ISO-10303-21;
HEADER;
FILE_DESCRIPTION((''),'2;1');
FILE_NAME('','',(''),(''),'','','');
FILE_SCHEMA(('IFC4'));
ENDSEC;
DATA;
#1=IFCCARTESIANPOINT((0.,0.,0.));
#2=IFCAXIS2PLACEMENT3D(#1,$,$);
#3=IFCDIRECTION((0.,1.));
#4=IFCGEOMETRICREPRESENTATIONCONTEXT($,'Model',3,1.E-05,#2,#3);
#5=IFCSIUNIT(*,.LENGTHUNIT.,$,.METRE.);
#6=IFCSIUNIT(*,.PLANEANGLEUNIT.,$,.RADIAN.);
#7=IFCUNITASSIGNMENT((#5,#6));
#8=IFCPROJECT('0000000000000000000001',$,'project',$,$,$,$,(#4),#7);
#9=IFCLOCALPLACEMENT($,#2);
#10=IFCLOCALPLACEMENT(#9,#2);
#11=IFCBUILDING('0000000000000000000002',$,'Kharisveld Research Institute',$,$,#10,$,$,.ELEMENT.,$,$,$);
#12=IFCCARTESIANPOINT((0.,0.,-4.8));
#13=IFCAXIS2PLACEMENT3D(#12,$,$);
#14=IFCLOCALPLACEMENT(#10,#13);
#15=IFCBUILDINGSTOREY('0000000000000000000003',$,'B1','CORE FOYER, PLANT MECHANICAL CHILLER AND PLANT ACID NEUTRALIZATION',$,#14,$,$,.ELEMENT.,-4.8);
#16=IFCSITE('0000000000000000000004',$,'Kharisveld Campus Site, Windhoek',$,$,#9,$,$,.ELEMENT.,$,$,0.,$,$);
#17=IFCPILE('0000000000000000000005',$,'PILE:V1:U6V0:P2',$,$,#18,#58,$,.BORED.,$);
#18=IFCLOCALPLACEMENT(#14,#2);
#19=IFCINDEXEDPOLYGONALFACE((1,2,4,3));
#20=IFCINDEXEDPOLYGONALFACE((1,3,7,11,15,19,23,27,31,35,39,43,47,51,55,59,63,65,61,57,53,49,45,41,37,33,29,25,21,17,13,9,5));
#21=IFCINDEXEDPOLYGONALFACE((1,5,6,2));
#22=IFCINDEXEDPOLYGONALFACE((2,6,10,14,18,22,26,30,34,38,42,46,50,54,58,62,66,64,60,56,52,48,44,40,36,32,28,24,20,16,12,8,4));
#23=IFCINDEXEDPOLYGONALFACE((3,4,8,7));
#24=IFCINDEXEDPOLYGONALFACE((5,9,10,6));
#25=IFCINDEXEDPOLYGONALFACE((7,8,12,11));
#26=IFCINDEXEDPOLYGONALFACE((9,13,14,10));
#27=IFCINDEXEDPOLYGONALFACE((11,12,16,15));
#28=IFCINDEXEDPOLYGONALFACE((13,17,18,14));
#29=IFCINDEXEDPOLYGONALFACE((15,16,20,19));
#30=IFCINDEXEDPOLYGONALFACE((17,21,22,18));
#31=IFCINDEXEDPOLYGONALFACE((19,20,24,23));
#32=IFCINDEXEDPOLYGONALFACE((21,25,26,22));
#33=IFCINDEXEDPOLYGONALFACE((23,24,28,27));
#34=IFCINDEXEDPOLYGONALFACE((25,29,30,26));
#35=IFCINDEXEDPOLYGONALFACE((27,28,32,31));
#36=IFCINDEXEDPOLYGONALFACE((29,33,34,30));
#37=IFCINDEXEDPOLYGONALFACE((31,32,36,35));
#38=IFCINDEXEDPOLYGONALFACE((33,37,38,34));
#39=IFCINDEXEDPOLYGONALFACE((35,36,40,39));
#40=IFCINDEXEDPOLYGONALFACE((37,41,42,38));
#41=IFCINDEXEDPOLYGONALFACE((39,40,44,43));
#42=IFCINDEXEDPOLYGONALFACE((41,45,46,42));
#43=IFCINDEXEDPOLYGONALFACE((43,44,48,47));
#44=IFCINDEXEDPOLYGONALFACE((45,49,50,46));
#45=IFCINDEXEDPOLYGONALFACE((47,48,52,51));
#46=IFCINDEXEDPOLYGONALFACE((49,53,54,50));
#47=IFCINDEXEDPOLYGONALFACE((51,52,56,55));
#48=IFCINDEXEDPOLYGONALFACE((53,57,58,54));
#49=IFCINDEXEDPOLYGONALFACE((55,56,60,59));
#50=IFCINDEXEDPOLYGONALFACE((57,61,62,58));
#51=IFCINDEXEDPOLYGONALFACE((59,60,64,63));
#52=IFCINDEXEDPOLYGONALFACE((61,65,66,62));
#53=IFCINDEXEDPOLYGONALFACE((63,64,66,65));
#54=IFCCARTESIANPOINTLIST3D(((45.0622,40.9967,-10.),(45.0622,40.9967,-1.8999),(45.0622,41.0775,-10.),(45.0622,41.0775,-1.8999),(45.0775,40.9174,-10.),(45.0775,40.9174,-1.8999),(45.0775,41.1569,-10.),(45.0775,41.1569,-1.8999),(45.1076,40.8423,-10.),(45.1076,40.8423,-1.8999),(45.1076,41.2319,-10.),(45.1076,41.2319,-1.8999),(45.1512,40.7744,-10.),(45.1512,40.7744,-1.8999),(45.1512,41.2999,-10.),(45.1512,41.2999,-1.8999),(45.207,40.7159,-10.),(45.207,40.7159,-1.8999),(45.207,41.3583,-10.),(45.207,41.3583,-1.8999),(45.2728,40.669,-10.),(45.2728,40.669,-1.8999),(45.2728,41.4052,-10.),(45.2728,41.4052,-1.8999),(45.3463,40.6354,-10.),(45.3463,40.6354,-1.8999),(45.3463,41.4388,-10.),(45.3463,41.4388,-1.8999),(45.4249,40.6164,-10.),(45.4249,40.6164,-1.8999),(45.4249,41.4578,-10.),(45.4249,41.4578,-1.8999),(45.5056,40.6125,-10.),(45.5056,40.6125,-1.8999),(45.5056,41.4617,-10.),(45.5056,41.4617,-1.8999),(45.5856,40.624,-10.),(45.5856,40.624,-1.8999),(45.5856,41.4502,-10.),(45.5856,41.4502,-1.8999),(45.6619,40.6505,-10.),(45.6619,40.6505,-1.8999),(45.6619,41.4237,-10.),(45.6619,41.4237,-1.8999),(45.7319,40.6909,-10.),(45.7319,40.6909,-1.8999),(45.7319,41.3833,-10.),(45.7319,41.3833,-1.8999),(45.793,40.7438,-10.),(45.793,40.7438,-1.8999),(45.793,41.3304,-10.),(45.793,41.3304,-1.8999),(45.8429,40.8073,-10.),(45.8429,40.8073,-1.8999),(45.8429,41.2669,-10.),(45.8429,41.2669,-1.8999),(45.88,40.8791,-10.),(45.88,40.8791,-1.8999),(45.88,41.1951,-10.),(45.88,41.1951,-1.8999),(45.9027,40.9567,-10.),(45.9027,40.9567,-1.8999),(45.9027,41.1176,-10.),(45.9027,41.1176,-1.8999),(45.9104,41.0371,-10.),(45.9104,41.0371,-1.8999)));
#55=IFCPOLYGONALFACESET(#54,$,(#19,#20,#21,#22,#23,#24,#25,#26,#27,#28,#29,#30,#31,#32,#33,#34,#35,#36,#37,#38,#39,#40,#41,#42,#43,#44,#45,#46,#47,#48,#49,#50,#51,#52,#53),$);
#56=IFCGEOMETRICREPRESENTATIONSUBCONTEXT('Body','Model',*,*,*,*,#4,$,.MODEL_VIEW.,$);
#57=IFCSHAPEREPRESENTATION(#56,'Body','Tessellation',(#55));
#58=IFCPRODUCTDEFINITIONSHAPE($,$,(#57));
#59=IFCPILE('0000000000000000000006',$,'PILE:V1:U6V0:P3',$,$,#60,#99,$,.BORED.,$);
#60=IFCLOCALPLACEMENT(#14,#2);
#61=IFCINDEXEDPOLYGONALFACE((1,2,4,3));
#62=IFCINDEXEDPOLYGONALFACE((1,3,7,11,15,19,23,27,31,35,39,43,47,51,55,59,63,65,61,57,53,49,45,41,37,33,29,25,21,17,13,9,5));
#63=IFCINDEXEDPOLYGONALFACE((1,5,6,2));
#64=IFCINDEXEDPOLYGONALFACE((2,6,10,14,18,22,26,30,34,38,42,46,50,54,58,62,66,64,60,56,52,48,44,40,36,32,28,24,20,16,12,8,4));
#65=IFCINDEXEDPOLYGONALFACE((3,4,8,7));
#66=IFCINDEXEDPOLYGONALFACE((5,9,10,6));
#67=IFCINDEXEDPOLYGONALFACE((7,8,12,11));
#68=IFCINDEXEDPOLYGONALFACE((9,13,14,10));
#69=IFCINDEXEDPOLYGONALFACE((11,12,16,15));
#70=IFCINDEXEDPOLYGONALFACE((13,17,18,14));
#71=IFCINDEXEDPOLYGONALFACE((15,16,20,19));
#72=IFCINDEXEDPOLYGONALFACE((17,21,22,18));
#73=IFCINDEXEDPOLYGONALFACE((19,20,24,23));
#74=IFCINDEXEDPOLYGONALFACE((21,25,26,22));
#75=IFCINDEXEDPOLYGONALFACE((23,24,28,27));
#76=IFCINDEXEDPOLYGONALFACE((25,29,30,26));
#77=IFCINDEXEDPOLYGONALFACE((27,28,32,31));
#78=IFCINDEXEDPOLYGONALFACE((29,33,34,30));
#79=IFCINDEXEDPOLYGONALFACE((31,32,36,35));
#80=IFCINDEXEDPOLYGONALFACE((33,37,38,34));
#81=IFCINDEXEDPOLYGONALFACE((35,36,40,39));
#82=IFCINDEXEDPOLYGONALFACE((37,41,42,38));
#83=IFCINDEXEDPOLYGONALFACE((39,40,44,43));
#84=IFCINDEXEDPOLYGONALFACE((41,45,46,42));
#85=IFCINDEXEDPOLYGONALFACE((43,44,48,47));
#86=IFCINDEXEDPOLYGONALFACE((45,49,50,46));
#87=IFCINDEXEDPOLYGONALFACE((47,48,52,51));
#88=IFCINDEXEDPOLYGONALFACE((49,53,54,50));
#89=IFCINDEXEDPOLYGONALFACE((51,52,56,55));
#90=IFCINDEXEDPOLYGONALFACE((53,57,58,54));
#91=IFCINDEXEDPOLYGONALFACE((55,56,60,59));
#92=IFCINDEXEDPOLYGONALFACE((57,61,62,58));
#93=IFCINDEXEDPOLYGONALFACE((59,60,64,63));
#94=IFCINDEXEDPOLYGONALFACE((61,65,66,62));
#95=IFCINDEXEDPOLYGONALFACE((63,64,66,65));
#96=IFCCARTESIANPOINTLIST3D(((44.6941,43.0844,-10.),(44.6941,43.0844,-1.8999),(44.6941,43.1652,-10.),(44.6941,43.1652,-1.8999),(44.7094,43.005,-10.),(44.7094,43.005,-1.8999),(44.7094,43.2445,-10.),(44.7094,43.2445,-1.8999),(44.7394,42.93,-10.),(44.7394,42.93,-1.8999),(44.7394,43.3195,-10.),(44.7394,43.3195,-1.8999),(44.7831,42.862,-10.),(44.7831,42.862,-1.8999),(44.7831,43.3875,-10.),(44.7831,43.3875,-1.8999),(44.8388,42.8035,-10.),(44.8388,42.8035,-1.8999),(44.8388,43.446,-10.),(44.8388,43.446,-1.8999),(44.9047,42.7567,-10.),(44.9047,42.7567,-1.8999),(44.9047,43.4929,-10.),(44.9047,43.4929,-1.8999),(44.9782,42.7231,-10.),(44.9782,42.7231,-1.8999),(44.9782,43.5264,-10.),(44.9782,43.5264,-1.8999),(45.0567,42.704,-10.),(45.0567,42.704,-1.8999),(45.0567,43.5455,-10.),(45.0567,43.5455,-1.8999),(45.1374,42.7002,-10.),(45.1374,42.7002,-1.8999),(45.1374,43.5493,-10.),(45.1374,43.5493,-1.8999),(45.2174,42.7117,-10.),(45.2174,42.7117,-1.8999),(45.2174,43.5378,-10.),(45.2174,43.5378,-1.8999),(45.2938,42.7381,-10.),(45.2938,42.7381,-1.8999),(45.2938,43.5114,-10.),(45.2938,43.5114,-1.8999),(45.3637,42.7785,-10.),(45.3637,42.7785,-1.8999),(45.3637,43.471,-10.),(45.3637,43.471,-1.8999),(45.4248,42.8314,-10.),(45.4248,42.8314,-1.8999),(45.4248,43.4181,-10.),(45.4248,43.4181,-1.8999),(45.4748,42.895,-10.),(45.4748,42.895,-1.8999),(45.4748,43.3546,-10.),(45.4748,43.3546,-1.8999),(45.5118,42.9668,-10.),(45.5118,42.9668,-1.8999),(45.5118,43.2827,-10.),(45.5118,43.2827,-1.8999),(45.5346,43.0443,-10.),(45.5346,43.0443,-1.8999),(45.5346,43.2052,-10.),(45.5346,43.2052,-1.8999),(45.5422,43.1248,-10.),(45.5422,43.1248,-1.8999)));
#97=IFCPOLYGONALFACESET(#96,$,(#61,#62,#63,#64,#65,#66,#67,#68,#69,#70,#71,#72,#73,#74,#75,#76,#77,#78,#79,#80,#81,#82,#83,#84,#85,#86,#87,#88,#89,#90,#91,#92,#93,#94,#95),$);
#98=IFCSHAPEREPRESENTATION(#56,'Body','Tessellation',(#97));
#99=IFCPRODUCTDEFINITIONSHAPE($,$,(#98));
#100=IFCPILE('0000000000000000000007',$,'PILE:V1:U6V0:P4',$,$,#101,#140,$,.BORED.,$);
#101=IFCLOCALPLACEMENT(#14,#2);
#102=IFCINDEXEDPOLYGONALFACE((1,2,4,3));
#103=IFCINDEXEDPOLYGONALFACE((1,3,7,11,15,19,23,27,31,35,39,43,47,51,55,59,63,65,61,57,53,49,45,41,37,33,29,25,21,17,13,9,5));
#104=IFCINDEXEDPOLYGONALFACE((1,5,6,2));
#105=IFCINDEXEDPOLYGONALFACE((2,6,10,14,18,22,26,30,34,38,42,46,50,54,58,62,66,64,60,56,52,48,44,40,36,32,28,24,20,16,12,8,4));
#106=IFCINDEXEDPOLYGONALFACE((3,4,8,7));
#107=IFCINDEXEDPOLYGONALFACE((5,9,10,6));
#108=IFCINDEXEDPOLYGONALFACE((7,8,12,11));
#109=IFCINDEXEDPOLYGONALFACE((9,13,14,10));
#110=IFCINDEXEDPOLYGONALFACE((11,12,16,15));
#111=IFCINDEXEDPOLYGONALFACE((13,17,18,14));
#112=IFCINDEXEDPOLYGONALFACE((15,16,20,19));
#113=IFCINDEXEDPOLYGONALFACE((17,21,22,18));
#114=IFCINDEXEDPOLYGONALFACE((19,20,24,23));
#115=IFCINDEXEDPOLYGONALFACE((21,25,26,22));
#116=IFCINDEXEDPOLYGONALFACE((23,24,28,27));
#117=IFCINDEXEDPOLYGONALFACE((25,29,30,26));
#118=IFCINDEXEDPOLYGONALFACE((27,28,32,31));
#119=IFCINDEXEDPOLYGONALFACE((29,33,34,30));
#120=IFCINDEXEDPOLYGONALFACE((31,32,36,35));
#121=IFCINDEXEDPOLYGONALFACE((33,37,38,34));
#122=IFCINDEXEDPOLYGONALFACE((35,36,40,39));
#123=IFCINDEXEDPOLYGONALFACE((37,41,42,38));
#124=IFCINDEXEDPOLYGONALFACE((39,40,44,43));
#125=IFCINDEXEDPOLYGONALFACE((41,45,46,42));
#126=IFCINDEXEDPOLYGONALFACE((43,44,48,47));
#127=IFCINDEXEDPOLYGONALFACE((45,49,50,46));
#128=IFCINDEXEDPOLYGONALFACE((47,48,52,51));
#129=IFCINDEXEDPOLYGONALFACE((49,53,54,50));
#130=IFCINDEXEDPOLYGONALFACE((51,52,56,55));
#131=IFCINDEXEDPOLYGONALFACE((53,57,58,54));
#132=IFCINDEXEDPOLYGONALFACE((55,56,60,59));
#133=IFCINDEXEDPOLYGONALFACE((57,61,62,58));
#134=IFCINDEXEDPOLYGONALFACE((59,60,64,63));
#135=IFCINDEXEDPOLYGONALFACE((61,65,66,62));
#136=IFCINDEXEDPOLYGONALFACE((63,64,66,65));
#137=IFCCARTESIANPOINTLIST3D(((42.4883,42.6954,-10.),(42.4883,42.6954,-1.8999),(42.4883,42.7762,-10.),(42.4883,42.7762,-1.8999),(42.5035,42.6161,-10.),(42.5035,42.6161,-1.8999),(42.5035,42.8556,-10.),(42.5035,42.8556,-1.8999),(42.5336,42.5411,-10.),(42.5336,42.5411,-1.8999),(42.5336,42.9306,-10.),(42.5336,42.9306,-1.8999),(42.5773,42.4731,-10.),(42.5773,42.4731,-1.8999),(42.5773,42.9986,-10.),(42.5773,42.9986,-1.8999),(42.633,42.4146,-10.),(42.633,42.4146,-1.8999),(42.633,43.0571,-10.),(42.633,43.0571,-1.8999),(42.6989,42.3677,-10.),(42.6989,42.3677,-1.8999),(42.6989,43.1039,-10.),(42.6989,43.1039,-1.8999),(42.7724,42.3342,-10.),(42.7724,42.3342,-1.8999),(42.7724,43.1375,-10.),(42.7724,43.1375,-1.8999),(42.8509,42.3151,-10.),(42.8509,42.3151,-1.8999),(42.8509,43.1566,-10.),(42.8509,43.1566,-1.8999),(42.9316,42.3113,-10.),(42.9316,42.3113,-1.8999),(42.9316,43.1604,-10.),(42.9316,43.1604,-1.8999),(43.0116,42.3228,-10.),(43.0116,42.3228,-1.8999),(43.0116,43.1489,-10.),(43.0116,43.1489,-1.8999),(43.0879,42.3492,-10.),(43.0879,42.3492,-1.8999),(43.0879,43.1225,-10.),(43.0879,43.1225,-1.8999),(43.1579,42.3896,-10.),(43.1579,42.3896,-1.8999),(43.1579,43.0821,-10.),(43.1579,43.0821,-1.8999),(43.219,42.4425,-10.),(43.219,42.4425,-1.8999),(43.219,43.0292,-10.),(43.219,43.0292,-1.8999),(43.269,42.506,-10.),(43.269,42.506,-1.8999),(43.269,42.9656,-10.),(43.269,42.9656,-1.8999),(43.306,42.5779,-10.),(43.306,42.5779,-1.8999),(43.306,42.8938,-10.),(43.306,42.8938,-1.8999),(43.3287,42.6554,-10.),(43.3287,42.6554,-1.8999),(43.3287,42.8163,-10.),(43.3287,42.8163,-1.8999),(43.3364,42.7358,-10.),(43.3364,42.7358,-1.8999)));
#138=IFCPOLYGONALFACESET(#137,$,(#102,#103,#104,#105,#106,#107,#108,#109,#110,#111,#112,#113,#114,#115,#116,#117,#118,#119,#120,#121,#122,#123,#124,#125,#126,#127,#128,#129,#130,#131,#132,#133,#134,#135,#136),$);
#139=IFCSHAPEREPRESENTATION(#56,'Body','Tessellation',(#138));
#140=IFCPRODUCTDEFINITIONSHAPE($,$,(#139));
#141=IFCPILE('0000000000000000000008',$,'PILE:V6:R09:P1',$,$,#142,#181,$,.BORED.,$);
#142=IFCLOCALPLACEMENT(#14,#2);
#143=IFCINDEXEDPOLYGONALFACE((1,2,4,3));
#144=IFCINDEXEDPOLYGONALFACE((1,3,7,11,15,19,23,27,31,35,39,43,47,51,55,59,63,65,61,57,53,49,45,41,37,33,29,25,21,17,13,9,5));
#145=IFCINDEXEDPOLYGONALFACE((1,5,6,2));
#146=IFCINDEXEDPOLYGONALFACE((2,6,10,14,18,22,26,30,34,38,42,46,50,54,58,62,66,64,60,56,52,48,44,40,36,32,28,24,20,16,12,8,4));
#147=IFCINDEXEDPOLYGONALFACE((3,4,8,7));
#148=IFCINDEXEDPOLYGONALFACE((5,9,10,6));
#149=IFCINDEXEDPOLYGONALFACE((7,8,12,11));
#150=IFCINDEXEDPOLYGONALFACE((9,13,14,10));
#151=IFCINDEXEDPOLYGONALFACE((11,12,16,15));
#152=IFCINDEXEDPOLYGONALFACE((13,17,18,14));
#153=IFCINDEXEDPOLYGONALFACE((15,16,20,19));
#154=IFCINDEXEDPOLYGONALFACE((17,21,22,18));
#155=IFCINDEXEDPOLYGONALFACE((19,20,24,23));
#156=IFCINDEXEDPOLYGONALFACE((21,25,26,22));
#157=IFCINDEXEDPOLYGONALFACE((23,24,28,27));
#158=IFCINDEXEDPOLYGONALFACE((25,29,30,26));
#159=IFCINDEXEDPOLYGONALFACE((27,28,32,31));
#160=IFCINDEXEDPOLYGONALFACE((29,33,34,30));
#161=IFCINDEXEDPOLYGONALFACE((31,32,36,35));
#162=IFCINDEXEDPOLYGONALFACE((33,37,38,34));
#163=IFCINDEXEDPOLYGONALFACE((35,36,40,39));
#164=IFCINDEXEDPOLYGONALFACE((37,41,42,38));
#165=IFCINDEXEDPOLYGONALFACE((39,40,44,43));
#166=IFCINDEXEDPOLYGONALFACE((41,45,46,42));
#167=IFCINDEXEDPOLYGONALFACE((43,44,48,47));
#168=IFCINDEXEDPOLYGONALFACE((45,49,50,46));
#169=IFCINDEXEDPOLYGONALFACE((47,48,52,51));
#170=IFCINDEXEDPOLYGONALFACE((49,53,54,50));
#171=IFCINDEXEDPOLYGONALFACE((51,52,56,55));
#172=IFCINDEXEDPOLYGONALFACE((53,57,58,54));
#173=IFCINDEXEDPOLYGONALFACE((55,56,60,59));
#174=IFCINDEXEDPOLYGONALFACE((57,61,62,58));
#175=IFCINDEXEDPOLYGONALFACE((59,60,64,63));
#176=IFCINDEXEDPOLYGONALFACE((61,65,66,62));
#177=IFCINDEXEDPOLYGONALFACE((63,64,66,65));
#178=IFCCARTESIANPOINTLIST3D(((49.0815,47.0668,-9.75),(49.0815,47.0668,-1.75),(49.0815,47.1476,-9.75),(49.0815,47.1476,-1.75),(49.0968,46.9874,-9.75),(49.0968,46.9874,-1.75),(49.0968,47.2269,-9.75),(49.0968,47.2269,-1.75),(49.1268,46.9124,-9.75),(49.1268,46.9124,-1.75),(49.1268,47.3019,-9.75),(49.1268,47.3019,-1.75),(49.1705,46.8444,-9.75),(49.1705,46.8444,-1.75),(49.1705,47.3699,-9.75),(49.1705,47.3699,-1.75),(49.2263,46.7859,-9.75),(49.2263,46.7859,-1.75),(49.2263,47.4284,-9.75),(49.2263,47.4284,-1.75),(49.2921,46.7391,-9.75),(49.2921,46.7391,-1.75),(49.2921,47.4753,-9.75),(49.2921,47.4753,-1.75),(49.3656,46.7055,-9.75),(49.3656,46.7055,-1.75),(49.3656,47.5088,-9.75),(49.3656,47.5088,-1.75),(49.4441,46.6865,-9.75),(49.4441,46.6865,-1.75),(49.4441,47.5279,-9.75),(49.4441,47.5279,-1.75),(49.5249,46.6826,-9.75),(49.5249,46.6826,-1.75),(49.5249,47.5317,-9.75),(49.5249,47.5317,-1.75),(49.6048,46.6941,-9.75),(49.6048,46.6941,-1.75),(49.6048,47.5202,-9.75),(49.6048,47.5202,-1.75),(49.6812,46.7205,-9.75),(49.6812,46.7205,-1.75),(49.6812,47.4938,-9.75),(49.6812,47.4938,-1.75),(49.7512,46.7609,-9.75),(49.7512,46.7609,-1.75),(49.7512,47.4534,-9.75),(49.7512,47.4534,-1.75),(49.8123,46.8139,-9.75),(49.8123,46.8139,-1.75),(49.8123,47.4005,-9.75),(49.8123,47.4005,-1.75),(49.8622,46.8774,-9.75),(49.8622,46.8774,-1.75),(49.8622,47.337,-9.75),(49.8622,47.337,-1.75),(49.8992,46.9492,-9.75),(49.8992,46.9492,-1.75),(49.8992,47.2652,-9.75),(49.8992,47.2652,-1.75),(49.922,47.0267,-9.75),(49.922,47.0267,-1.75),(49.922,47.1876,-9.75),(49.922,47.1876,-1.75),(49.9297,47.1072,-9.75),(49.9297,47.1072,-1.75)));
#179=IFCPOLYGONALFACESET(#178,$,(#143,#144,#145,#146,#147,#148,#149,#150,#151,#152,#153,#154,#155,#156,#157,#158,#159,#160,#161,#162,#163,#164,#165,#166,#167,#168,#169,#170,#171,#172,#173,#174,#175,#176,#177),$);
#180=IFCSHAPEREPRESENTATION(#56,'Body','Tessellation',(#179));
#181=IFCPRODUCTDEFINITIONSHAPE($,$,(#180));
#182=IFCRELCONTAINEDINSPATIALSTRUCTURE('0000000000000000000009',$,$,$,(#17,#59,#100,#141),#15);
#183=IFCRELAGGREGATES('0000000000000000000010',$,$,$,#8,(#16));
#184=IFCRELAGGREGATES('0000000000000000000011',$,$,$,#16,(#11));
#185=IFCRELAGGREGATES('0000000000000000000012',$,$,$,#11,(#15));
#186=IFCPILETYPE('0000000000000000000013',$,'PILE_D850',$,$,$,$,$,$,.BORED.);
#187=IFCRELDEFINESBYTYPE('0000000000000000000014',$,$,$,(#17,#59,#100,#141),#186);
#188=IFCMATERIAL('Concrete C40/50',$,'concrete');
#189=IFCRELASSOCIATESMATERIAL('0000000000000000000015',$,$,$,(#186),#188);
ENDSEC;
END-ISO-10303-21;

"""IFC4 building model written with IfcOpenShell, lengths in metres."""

from ifc_helpers import new_model, si_unit, direction, frame, origin, origin_2d, place, context, subcontext, project, spatial, circle, extrude, material, material_profile, profile_set, type_object, element, save


model = new_model("IFC4")

# Units and contexts
model_context = context("Model", 3, precision=1e-05, world=origin(), true_north=direction((0.0, 1.0)))
body_context = subcontext(model_context, "Body", "Model", "MODEL_VIEW")
ifc_project = project(units=[si_unit("LENGTHUNIT", "METRE"), si_unit("PLANEANGLEUNIT", "RADIAN")], contexts=[model_context])

# Site, building, storey
site_placement = place(None, origin())
site = spatial("IfcSite", under=ifc_project, at=site_placement, Name="Kharisveld Campus Site, Windhoek", CompositionType="ELEMENT", RefElevation=0.0)
building_placement = place(site_placement, origin())
building = spatial("IfcBuilding", under=site, at=building_placement, Name="Kharisveld Research Institute", CompositionType="ELEMENT")
storey_placement = place(building_placement, frame((0.0, 0.0, -4.8)))
storey = spatial("IfcBuildingStorey", under=building, at=storey_placement, Name="B1", Description="CORE FOYER, PLANT MECHANICAL CHILLER AND PLANT ACID NEUTRALIZATION", CompositionType="ELEMENT", Elevation=-4.8)

# Piles
ifc_material_1 = material(Name="Concrete C40/50", Category="concrete")
ifc_material_profile_1 = material_profile(ifc_material_1, circle(Radius=0.425, at=origin_2d()))
ifc_profile_set_1 = profile_set([ifc_material_profile_1], Name="Concrete C40/50")
pile_type_1 = type_object("IfcPileType", Name="PILE_D850", PredefinedType="BORED", material=ifc_profile_set_1)
for number, where, z_axis, x_axis, name in (
    (1, (45.4854, 41.0371, -1.8999), (0.0, 0.0, -1.0), (1.0, 0.0, 0.0), "PILE:V1:U6V0:P2"),
    (2, (45.1172, 43.1248, -1.8999), (0.0, 0.0, -1.0), (1.0, 0.0, 0.0), "PILE:V1:U6V0:P3"),
    (3, (42.9114, 42.7358, -1.8999), (0.0, 0.0, -1.0), (1.0, 0.0, 0.0), "PILE:V1:U6V0:P4"),
):
    element("IfcPile", number, at=place(storey_placement, frame(where, z_axis=z_axis, x_axis=x_axis)), inside=storey, type_object=pile_type_1, Name=name, PredefinedType="BORED", context=body_context, shape_type="SweptSolid", body=[
        extrude(circle(Radius=0.425, at=origin_2d()), origin(), (0.0, 0.0, 1.0), 8.1001),
    ])
for number, where, z_axis, x_axis, name in (
    (4, (49.5046, 47.1072, -1.75), (0.0, 0.0, -1.0), (1.0, 0.0, 0.0), "PILE:V6:R09:P1"),
):
    element("IfcPile", number, at=place(storey_placement, frame(where, z_axis=z_axis, x_axis=x_axis)), inside=storey, type_object=pile_type_1, Name=name, PredefinedType="BORED", context=body_context, shape_type="SweptSolid", body=[
        extrude(circle(Radius=0.425, at=origin_2d()), origin(), (0.0, 0.0, 1.0), 8.0),
    ])

save(model, "model.ifc")
